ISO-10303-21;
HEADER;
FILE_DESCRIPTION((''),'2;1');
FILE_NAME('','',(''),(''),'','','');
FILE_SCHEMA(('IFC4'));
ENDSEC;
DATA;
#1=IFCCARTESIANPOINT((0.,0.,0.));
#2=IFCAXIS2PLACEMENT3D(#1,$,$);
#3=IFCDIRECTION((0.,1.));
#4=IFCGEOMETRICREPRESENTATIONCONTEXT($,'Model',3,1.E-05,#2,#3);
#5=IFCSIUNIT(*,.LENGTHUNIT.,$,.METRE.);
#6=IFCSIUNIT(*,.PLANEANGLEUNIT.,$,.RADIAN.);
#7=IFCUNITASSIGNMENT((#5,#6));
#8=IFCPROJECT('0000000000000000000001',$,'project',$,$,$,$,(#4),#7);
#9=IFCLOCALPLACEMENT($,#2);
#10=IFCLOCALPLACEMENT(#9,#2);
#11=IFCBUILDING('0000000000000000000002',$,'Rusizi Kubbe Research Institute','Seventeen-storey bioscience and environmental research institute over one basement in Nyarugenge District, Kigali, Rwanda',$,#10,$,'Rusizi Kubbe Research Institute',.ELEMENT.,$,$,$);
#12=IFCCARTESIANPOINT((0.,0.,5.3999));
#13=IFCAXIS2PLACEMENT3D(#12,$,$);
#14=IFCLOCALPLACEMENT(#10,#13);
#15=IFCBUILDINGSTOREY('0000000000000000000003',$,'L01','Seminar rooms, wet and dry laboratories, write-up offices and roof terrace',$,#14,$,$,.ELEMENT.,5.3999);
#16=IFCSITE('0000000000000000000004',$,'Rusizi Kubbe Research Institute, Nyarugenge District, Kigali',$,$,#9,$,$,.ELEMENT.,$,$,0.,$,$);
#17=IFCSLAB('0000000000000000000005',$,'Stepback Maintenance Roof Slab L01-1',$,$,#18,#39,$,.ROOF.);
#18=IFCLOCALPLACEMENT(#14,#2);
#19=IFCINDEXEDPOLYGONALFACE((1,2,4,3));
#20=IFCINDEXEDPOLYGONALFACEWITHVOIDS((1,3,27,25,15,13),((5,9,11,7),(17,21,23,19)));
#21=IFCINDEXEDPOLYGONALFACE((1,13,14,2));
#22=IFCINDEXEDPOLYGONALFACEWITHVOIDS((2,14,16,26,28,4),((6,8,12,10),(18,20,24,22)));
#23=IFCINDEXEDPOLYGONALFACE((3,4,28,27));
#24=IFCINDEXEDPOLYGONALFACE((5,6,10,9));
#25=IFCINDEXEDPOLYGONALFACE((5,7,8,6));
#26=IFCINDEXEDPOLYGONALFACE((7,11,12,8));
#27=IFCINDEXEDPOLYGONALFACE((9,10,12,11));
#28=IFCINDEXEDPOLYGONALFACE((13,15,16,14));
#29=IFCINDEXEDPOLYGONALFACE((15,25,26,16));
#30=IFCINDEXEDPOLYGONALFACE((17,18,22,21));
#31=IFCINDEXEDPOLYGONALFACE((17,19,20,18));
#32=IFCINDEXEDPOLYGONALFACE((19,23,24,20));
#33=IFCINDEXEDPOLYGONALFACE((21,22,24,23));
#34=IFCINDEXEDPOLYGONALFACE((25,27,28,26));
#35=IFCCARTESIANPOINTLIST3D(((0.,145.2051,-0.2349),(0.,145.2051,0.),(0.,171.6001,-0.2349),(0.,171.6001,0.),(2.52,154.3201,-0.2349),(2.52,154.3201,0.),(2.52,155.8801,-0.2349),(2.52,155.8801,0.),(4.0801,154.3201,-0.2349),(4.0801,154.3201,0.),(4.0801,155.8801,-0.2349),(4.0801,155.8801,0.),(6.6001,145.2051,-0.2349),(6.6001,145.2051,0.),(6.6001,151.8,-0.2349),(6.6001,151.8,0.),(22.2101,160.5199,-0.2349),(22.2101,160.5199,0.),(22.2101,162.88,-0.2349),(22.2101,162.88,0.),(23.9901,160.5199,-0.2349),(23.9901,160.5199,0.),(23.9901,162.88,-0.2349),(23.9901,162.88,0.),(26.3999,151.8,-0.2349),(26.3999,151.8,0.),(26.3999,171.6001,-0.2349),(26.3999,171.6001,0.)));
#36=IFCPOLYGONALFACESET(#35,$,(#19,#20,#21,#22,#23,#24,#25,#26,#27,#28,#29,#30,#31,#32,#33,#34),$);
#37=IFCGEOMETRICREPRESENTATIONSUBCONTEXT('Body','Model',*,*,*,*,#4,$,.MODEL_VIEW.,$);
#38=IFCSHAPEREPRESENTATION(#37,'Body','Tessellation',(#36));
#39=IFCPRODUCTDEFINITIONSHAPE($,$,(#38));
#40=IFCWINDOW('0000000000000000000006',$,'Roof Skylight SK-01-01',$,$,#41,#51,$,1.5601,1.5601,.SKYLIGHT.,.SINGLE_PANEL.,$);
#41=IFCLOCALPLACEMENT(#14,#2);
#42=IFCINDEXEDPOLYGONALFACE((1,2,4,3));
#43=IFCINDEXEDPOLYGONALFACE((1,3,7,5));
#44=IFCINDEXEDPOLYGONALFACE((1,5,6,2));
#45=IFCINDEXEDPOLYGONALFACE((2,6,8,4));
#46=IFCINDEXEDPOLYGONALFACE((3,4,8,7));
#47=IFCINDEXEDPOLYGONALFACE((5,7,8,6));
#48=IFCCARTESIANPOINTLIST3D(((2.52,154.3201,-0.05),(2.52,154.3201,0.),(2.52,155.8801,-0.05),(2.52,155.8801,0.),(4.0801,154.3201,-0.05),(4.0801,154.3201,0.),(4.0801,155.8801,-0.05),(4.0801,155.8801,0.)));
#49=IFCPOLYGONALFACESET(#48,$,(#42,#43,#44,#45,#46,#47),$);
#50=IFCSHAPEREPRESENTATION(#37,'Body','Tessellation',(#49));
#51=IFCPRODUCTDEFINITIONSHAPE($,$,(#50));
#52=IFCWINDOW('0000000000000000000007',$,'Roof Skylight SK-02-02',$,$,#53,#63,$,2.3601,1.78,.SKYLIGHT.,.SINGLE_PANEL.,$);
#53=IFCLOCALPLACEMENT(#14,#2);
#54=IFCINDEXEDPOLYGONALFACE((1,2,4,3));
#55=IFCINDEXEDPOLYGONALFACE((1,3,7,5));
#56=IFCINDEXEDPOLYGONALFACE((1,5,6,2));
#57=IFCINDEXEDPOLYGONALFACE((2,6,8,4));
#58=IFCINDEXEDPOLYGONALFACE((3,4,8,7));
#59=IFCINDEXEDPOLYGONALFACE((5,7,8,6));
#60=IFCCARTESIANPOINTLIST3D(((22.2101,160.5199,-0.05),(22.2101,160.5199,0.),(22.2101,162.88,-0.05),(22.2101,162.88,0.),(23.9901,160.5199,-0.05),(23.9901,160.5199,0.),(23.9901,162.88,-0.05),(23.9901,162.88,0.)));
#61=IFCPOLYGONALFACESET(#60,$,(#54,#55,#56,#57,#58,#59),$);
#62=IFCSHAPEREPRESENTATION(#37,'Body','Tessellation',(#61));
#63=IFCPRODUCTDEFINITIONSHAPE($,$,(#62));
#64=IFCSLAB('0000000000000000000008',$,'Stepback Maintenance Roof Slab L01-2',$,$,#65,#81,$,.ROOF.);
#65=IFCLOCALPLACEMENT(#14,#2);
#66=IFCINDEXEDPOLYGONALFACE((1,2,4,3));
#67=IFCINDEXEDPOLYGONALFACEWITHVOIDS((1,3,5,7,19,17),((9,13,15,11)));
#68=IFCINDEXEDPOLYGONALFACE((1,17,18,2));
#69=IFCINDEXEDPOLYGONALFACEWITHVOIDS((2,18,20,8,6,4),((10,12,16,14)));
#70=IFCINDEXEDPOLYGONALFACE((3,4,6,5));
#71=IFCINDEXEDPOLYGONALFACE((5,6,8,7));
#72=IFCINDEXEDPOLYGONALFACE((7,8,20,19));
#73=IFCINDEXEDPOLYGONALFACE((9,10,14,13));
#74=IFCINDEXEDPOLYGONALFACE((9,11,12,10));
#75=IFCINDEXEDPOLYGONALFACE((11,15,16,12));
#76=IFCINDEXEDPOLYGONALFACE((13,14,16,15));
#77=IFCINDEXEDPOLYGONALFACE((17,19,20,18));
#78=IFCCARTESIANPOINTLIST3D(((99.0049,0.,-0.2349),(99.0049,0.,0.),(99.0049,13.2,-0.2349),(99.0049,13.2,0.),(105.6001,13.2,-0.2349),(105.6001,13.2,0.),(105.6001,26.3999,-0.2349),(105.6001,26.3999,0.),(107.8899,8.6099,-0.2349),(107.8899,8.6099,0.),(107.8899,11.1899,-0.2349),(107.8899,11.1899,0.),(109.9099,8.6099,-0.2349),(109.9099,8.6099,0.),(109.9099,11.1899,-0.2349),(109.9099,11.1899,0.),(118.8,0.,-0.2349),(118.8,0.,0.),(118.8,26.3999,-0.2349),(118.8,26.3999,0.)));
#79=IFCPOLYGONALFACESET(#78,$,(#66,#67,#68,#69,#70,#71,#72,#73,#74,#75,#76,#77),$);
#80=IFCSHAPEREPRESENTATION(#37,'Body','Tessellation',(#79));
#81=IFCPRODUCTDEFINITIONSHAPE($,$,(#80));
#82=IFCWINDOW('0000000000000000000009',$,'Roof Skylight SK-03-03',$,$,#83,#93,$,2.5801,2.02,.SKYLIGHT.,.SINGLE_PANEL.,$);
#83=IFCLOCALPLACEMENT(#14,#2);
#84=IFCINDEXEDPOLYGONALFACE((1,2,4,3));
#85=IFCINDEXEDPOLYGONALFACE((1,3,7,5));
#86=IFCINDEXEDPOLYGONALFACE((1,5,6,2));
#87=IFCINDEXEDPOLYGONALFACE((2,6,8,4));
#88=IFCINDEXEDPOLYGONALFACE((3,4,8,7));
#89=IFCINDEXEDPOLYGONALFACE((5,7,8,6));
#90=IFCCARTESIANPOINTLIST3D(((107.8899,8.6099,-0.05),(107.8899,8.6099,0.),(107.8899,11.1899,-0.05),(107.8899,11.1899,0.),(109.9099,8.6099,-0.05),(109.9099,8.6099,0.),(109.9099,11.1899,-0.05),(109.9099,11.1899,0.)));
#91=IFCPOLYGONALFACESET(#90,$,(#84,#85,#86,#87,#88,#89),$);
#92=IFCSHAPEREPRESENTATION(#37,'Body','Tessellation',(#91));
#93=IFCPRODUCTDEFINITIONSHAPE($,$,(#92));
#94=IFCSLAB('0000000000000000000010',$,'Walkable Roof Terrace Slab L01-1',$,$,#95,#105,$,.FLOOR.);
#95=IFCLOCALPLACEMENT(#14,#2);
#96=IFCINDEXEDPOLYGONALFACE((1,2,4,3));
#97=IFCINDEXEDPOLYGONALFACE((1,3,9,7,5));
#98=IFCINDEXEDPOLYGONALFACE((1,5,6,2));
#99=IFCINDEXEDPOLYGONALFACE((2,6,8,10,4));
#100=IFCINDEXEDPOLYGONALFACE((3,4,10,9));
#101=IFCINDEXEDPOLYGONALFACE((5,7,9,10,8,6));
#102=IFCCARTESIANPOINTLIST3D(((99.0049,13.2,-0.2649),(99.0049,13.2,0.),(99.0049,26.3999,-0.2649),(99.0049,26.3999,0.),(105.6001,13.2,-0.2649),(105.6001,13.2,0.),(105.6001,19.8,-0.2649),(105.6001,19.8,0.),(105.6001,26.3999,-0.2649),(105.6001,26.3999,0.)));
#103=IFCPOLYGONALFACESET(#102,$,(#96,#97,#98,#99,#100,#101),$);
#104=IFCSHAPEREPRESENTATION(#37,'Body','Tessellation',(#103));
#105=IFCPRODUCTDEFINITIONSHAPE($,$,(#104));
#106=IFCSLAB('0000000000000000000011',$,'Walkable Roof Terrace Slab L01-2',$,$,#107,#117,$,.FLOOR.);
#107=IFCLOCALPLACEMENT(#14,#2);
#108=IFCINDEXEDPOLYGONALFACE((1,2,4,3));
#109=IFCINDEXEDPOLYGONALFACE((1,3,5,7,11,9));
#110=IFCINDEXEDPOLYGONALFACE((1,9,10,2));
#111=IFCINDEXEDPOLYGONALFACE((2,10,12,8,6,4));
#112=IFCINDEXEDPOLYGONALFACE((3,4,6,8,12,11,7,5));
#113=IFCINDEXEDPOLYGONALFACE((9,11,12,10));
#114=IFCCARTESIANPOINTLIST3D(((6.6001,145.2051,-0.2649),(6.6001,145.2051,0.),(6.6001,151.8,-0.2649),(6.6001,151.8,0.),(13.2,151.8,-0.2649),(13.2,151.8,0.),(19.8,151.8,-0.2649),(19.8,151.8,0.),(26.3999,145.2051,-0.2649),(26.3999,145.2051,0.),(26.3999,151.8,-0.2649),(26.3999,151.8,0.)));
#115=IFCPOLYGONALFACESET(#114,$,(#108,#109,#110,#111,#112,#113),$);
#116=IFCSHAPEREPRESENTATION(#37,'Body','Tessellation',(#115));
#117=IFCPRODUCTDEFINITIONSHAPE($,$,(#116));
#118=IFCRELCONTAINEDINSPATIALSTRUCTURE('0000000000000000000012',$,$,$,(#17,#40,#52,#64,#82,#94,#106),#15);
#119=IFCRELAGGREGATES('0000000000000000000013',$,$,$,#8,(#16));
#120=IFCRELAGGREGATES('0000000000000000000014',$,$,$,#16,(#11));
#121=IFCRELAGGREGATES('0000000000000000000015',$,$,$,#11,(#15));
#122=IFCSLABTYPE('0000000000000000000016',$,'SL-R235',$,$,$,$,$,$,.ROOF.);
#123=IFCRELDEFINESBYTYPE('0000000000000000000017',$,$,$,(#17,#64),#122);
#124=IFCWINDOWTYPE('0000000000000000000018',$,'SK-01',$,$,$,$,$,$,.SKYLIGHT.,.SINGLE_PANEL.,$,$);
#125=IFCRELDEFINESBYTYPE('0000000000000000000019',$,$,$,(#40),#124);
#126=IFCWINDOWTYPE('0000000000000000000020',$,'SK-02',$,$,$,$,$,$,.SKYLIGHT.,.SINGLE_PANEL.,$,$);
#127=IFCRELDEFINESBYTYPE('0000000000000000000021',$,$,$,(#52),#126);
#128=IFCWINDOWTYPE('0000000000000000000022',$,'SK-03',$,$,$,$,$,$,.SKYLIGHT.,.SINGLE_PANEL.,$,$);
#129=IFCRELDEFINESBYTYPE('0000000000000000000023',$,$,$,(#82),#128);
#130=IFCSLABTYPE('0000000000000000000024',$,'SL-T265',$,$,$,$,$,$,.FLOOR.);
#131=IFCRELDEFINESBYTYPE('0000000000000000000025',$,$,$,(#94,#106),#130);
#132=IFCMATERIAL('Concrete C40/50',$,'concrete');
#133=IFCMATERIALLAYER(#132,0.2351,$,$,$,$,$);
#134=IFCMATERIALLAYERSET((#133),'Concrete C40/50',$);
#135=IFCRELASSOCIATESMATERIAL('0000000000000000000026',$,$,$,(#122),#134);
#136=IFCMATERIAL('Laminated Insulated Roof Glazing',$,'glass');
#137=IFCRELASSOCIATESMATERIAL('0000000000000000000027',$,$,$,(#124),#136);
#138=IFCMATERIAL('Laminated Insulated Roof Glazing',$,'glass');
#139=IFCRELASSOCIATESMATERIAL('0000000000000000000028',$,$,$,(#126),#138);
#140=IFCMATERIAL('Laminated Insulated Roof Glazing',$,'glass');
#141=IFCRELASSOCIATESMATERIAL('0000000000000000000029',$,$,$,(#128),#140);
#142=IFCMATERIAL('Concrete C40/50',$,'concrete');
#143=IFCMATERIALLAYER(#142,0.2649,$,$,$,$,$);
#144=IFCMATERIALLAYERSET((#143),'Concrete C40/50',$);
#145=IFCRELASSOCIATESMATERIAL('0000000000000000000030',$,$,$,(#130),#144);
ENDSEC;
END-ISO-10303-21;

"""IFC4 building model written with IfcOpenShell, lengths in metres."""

from ifc_helpers import new_model, si_unit, direction, frame, origin, origin_2d, place, context, subcontext, project, spatial, polyline, rectangle, outline, extrude, material, layer, layer_set, type_object, element, fill, save


model = new_model("IFC4")

# Units and contexts
model_context = context("Model", 3, precision=1e-05, world=origin(), true_north=direction((0.0, 1.0)))
body_context = subcontext(model_context, "Body", "Model", "MODEL_VIEW")
ifc_project = project(units=[si_unit("LENGTHUNIT", "METRE"), si_unit("PLANEANGLEUNIT", "RADIAN")], contexts=[model_context])

# Site, building, storey
site_placement = place(None, origin())
site = spatial("IfcSite", under=ifc_project, at=site_placement, Name="Rusizi Kubbe Research Institute, Nyarugenge District, Kigali", CompositionType="ELEMENT", RefElevation=0.0)
building_placement = place(site_placement, origin())
building = spatial("IfcBuilding", under=site, at=building_placement, Name="Rusizi Kubbe Research Institute", Description="Seventeen-storey bioscience and environmental research institute over one basement in Nyarugenge District, Kigali, Rwanda", LongName="Rusizi Kubbe Research Institute", CompositionType="ELEMENT")
storey_placement = place(building_placement, frame((0.0, 0.0, 5.3999)))
storey = spatial("IfcBuildingStorey", under=building, at=storey_placement, Name="L01", Description="Seminar rooms, wet and dry laboratories, write-up offices and roof terrace", CompositionType="ELEMENT", Elevation=5.3999)

# Slab, openings, windows
ifc_material_1 = material(Name="Concrete C40/50", Category="concrete")
ifc_layer_1 = layer(ifc_material_1, 0.2351)
ifc_layer_set_1 = layer_set([ifc_layer_1], Name="Concrete C40/50")
slab_type_1 = type_object("IfcSlabType", Name="SL-R235", PredefinedType="ROOF", material=ifc_layer_set_1)
slab_1_placement = place(storey_placement, frame((0.0, 0.0, -0.2349)))
slab_1 = element("IfcSlab", 1, at=slab_1_placement, inside=storey, type_object=slab_type_1, Name="Stepback Maintenance Roof Slab L01-1", PredefinedType="ROOF", context=body_context, shape_type="SweptSolid", body=[
    extrude(outline(polyline([(0.0, 165.0), (0.0, 171.6001), (6.6001, 171.6001), (13.2, 171.6001), (19.8, 171.6001), (26.3999, 171.6001), (26.3999, 165.0), (26.3999, 158.3999), (26.3999, 151.8), (19.8, 151.8), (13.2, 151.8), (6.6001, 151.8), (6.6001, 145.2051), (0.0, 145.2051), (0.0, 151.8), (0.0, 158.3999), (0.0, 165.0)])), origin(), (0.0, 0.0, 1.0), 0.2349),
])
opening_1_placement = place(slab_1_placement, frame((3.3, 155.1001, -0.01)))
opening_1 = element("IfcOpeningElement", 2, at=opening_1_placement, cuts=slab_1, PredefinedType="OPENING", context=body_context, shape_type="SweptSolid", body=[
    extrude(rectangle(XDim=1.5601, YDim=1.5601, at=origin_2d()), origin(), (0.0, 0.0, 1.0), 0.2549),
])
opening_2_placement = place(slab_1_placement, frame((23.1001, 161.7, -0.01)))
opening_2 = element("IfcOpeningElement", 3, at=opening_2_placement, cuts=slab_1, PredefinedType="OPENING", context=body_context, shape_type="SweptSolid", body=[
    extrude(rectangle(XDim=1.78, YDim=2.3601, at=origin_2d()), origin(), (0.0, 0.0, 1.0), 0.2549),
])
ifc_material_2 = material(Name="Laminated Insulated Roof Glazing", Category="glass")
window_type_1 = type_object("IfcWindowType", Name="SK-01", PartitioningType="SINGLE_PANEL", PredefinedType="SKYLIGHT", material=ifc_material_2)
window_1_placement = place(slab_1_placement, frame((3.3, 155.1001, 0.1848)))
window_1 = element("IfcWindow", 4, at=window_1_placement, inside=storey, type_object=window_type_1, Name="Roof Skylight SK-01-01", OverallHeight=1.5601, OverallWidth=1.5601, PartitioningType="SINGLE_PANEL", PredefinedType="SKYLIGHT", context=body_context, shape_type="SweptSolid", body=[
    extrude(rectangle(XDim=1.5601, YDim=1.5601, at=origin_2d()), origin(), (0.0, 0.0, 1.0), 0.05),
])
fill(opening_1, window_1)
ifc_material_3 = material(Name="Laminated Insulated Roof Glazing", Category="glass")
window_type_2 = type_object("IfcWindowType", Name="SK-02", PartitioningType="SINGLE_PANEL", PredefinedType="SKYLIGHT", material=ifc_material_3)
window_2_placement = place(slab_1_placement, frame((23.1001, 161.7, 0.1848)))
window_2 = element("IfcWindow", 5, at=window_2_placement, inside=storey, type_object=window_type_2, Name="Roof Skylight SK-02-02", OverallHeight=2.3601, OverallWidth=1.78, PartitioningType="SINGLE_PANEL", PredefinedType="SKYLIGHT", context=body_context, shape_type="SweptSolid", body=[
    extrude(rectangle(XDim=1.78, YDim=2.3601, at=origin_2d()), origin(), (0.0, 0.0, 1.0), 0.05),
])
fill(opening_2, window_2)

# Slab, opening, window
slab_2_placement = place(storey_placement, frame((0.0, 0.0, -0.2349)))
slab_2 = element("IfcSlab", 6, at=slab_2_placement, inside=storey, type_object=slab_type_1, Name="Stepback Maintenance Roof Slab L01-2", PredefinedType="ROOF", context=body_context, shape_type="SweptSolid", body=[
    extrude(outline(polyline([(105.6001, 13.2), (105.6001, 19.8), (105.6001, 26.3999), (112.2, 26.3999), (118.8, 26.3999), (118.8, 19.8), (118.8, 13.2), (118.8, 6.6001), (118.8, 0.0), (112.2, 0.0), (105.6001, 0.0), (99.0049, 0.0), (99.0049, 13.2), (105.6001, 13.2)])), origin(), (0.0, 0.0, 1.0), 0.2349),
])
opening_3_placement = place(slab_2_placement, frame((108.8999, 9.8999, -0.01)))
opening_3 = element("IfcOpeningElement", 7, at=opening_3_placement, cuts=slab_2, PredefinedType="OPENING", context=body_context, shape_type="SweptSolid", body=[
    extrude(rectangle(XDim=2.02, YDim=2.5801, at=origin_2d()), origin(), (0.0, 0.0, 1.0), 0.2549),
])
ifc_material_4 = material(Name="Laminated Insulated Roof Glazing", Category="glass")
window_type_3 = type_object("IfcWindowType", Name="SK-03", PartitioningType="SINGLE_PANEL", PredefinedType="SKYLIGHT", material=ifc_material_4)
window_3_placement = place(slab_2_placement, frame((108.8999, 9.8999, 0.1848)))
window_3 = element("IfcWindow", 8, at=window_3_placement, inside=storey, type_object=window_type_3, Name="Roof Skylight SK-03-03", OverallHeight=2.5801, OverallWidth=2.02, PartitioningType="SINGLE_PANEL", PredefinedType="SKYLIGHT", context=body_context, shape_type="SweptSolid", body=[
    extrude(rectangle(XDim=2.02, YDim=2.5801, at=origin_2d()), origin(), (0.0, 0.0, 1.0), 0.05),
])
fill(opening_3, window_3)

# Slabs
ifc_material_5 = material(Name="Concrete C40/50", Category="concrete")
ifc_layer_2 = layer(ifc_material_5, 0.2649)
ifc_layer_set_2 = layer_set([ifc_layer_2], Name="Concrete C40/50")
slab_type_2 = type_object("IfcSlabType", Name="SL-T265", PredefinedType="FLOOR", material=ifc_layer_set_2)
slab_3_placement = place(storey_placement, frame((0.0, 0.0, -0.2649)))
element("IfcSlab", 9, at=slab_3_placement, inside=storey, type_object=slab_type_2, Name="Walkable Roof Terrace Slab L01-1", PredefinedType="FLOOR", context=body_context, shape_type="SweptSolid", body=[
    extrude(outline(polyline([(105.6001, 26.3999), (105.6001, 19.8), (105.6001, 13.2), (99.0049, 13.2), (99.0049, 26.3999), (105.6001, 26.3999)])), origin(), (0.0, 0.0, 1.0), 0.2649),
])
slab_4_placement = place(storey_placement, frame((0.0, 0.0, -0.2649)))
element("IfcSlab", 10, at=slab_4_placement, inside=storey, type_object=slab_type_2, Name="Walkable Roof Terrace Slab L01-2", PredefinedType="FLOOR", context=body_context, shape_type="SweptSolid", body=[
    extrude(outline(polyline([(13.2, 151.8), (19.8, 151.8), (26.3999, 151.8), (26.3999, 145.2051), (6.6001, 145.2051), (6.6001, 151.8), (13.2, 151.8)])), origin(), (0.0, 0.0, 1.0), 0.2649),
])

save(model, "model.ifc")
